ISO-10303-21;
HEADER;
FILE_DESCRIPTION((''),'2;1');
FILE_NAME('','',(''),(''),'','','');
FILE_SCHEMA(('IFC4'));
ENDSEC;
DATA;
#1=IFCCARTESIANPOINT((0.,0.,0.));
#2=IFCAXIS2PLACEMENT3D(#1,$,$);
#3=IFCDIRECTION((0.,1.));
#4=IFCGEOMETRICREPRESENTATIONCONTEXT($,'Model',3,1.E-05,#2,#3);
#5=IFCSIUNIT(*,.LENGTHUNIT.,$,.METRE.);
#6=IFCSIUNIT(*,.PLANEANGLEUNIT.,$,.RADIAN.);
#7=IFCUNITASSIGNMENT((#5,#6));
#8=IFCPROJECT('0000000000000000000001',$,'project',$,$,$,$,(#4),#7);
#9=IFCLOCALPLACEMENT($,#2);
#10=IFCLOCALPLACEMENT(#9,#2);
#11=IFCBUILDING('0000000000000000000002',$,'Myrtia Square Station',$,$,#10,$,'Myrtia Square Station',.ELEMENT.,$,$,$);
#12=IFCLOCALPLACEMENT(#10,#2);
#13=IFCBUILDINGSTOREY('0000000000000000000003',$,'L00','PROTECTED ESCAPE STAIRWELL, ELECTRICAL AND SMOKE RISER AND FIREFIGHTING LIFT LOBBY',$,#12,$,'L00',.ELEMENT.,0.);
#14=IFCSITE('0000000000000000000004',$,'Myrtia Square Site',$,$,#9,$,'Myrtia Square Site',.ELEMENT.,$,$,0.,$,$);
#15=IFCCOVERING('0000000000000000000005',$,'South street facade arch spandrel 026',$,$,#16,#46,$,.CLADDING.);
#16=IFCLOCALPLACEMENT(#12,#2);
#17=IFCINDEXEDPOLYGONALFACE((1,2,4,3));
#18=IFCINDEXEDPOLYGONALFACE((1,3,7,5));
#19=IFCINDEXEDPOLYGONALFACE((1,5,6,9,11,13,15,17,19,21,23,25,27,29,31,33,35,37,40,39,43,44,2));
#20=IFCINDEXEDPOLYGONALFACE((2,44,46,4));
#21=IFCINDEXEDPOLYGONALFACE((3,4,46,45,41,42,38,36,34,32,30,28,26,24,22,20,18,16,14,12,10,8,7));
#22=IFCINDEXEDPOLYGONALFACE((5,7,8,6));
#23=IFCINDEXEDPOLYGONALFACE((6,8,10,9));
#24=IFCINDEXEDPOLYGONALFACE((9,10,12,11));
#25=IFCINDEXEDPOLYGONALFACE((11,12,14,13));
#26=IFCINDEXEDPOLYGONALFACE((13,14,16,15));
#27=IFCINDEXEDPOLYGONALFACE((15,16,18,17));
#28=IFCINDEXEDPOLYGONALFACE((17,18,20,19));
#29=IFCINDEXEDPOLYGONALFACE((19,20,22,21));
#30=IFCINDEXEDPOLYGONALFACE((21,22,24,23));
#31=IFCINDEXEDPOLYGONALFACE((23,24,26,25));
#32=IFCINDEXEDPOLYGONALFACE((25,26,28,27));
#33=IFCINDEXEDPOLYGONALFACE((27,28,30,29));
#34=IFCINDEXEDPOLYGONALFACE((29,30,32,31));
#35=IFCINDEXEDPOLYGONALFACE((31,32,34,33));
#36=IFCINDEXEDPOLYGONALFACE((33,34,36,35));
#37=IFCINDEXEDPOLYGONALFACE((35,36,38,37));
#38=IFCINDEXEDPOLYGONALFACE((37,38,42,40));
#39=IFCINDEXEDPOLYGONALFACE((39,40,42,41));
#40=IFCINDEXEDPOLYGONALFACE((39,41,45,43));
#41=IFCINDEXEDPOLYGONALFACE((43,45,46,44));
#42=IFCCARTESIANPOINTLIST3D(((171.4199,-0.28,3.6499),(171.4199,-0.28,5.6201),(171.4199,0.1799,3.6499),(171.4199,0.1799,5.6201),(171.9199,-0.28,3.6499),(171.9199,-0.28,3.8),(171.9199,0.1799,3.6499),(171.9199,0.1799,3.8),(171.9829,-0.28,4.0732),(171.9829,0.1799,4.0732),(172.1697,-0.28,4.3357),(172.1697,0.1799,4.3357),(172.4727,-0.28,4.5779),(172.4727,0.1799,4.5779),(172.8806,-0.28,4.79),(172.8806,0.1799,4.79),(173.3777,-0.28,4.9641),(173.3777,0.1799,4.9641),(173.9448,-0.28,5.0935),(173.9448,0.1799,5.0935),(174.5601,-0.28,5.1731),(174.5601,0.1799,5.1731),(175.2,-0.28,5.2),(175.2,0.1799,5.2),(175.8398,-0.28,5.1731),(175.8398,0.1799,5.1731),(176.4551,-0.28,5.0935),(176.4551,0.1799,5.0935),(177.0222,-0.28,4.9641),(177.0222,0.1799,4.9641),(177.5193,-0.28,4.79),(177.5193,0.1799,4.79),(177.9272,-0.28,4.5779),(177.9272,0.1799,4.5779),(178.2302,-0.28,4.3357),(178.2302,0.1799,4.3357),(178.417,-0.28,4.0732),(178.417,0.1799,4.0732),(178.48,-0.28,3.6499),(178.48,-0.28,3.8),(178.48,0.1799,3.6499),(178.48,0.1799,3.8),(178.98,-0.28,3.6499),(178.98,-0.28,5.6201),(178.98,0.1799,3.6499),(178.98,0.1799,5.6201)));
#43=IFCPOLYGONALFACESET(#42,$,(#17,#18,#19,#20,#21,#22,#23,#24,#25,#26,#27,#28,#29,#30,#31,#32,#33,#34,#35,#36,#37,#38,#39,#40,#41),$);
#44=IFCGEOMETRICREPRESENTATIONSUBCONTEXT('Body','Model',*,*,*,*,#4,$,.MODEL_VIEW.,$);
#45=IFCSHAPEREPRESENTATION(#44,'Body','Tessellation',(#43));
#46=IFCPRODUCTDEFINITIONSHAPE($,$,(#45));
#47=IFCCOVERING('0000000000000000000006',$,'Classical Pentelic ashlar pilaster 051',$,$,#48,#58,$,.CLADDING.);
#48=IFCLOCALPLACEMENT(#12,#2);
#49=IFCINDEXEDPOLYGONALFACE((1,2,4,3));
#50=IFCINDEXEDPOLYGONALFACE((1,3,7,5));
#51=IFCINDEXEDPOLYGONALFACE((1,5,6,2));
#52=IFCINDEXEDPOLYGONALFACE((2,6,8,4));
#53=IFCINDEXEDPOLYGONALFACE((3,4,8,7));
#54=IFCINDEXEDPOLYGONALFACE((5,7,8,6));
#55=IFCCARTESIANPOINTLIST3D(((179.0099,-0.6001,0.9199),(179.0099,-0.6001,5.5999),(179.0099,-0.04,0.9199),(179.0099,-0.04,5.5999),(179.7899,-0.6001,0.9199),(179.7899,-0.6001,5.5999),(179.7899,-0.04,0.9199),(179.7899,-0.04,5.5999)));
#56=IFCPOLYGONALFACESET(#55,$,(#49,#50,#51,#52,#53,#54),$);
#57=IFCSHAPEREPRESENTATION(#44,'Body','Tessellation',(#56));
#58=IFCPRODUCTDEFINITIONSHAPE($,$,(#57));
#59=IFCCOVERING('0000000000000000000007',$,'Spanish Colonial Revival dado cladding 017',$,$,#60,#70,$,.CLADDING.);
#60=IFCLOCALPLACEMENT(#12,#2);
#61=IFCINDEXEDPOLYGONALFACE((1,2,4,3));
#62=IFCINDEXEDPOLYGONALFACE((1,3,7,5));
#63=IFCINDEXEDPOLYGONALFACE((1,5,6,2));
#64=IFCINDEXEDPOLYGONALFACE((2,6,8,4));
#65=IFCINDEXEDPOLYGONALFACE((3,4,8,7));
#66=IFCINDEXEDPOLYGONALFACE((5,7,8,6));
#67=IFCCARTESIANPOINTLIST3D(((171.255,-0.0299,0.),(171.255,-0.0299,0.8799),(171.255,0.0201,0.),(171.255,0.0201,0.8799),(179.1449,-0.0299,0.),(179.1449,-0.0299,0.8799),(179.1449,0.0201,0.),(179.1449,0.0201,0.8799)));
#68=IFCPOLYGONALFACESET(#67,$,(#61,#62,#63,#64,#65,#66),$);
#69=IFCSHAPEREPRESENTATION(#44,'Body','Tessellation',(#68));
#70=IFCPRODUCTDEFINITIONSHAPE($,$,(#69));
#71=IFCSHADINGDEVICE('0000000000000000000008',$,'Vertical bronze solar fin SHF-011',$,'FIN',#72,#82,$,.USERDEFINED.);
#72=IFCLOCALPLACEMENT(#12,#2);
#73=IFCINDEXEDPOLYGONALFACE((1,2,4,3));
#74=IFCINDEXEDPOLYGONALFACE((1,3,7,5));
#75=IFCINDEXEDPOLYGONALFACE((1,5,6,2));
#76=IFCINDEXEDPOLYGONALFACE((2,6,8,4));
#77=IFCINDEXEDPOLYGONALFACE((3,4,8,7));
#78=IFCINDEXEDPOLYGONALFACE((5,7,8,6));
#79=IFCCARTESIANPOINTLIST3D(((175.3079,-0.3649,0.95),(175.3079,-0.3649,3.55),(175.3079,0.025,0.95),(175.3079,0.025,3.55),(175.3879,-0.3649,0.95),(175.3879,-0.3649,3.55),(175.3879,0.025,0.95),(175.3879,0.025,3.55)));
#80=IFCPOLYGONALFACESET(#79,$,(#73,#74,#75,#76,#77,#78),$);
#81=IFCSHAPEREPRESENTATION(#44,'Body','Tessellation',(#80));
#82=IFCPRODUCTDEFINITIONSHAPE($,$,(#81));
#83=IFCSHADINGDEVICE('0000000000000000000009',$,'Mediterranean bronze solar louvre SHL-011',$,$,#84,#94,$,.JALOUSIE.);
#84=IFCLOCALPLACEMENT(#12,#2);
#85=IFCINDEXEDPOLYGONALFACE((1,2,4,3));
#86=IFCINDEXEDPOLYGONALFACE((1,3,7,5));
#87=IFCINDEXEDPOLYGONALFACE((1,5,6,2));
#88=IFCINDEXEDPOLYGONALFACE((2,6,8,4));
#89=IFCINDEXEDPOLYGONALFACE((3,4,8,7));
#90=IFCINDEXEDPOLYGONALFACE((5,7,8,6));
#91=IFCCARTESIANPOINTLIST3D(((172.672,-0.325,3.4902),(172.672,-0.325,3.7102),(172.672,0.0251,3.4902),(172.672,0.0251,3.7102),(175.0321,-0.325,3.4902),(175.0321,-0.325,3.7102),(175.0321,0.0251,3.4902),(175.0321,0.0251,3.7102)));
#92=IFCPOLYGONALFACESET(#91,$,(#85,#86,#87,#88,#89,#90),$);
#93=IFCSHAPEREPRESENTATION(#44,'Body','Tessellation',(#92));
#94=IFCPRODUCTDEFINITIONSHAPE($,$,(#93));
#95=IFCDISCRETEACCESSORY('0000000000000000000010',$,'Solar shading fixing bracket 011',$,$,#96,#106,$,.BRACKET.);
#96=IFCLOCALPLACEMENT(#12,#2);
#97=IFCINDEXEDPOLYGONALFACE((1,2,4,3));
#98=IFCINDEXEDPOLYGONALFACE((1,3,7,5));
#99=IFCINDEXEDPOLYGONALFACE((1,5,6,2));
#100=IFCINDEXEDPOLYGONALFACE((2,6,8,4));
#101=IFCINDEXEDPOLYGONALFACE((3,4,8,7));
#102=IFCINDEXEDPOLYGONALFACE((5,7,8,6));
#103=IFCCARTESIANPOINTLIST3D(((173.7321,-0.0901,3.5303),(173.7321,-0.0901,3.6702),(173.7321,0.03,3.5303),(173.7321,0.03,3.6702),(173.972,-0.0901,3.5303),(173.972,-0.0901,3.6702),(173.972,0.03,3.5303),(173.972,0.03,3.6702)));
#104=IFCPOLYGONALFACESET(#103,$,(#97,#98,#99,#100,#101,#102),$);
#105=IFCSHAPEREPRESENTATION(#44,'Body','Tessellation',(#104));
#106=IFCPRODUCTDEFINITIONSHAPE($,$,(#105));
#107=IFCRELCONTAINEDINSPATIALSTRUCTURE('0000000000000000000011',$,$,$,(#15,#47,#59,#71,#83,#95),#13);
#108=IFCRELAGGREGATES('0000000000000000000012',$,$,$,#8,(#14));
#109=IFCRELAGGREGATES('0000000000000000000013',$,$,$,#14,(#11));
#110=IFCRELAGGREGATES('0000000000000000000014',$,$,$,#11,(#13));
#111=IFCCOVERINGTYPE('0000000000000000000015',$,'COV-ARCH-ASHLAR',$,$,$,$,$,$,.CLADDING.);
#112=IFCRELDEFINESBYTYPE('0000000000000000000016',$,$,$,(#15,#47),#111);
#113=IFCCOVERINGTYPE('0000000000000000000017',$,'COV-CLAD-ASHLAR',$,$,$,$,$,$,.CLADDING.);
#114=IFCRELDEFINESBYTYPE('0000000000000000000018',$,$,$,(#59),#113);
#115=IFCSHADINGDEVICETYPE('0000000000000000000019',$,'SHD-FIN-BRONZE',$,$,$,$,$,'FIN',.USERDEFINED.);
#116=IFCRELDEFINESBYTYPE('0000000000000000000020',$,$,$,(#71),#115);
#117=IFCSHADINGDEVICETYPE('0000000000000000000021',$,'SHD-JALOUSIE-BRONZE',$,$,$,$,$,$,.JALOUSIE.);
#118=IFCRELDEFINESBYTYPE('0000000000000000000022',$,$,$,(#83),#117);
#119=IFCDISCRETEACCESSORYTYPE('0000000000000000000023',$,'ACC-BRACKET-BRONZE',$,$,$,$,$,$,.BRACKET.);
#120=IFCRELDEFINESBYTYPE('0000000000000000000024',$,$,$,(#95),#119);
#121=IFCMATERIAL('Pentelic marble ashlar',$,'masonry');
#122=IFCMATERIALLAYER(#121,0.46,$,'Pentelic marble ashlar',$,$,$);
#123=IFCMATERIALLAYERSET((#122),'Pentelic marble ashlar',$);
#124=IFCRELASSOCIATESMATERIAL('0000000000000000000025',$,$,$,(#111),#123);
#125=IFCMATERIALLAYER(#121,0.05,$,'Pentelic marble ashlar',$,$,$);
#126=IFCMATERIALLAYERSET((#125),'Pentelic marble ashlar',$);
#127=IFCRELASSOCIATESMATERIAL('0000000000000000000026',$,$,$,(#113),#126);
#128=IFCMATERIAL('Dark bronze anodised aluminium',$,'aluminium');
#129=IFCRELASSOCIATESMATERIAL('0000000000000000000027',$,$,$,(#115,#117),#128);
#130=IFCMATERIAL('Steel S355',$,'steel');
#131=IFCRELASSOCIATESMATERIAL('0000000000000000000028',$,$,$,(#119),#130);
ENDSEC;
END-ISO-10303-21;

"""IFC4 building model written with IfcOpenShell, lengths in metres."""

from ifc_helpers import new_model, si_unit, direction, frame, origin, origin_2d, place, context, subcontext, project, spatial, polyline, rectangle, outline, extrude, material, layer, layer_set, type_object, element, save


model = new_model("IFC4")

# Units and contexts
model_context = context("Model", 3, precision=1e-05, world=origin(), true_north=direction((0.0, 1.0)))
body_context = subcontext(model_context, "Body", "Model", "MODEL_VIEW")
ifc_project = project(units=[si_unit("LENGTHUNIT", "METRE"), si_unit("PLANEANGLEUNIT", "RADIAN")], contexts=[model_context])

# Site, building, storey
site_placement = place(None, origin())
site = spatial("IfcSite", under=ifc_project, at=site_placement, Name="Myrtia Square Site", LongName="Myrtia Square Site", CompositionType="ELEMENT", RefElevation=0.0)
building_placement = place(site_placement, origin())
building = spatial("IfcBuilding", under=site, at=building_placement, Name="Myrtia Square Station", LongName="Myrtia Square Station", CompositionType="ELEMENT")
storey_placement = place(building_placement, origin())
storey = spatial("IfcBuildingStorey", under=building, at=storey_placement, Name="L00", Description="PROTECTED ESCAPE STAIRWELL, ELECTRICAL AND SMOKE RISER AND FIREFIGHTING LIFT LOBBY", LongName="L00", CompositionType="ELEMENT", Elevation=0.0)

# Shared definitions
ifc_material_1 = material(Name="Steel S355", Category="steel")

# Shared definitions
ifc_material_2 = material(Name="Pentelic marble ashlar", Category="masonry")
ifc_material_3 = material(Name="Dark bronze anodised aluminium", Category="aluminium")

# Coverings
ifc_layer_1 = layer(ifc_material_2, 0.46, Name="Pentelic marble ashlar")
ifc_layer_set_1 = layer_set([ifc_layer_1], Name="Pentelic marble ashlar")
covering_type_1 = type_object("IfcCoveringType", Name="COV-ARCH-ASHLAR", PredefinedType="CLADDING", material=ifc_layer_set_1)
covering_1_placement = place(storey_placement, frame((171.4199, -0.05, 3.6499), z_axis=(0.0, 0.0, 1.0), x_axis=(1.0, 0.0, 0.0)))
element("IfcCovering", 1, at=covering_1_placement, inside=storey, type_object=covering_type_1, Name="South street facade arch spandrel 026", PredefinedType="CLADDING", context=body_context, shape_type="SweptSolid", body=[
    extrude(outline(polyline([(0.0, 0.0), (0.5, 0.0), (0.5, 0.1501), (0.563, 0.4233), (0.7498, 0.6858), (1.0527, 0.928), (1.4607, 1.1401), (1.9578, 1.3142), (2.5249, 1.4436), (3.1401, 1.5232), (3.78, 1.55), (4.4199, 1.5232), (5.0352, 1.4436), (5.6023, 1.3142), (6.0994, 1.1401), (6.5073, 0.928), (6.8103, 0.6858), (6.9971, 0.4233), (7.0601, 0.1501), (7.0601, 0.0), (7.5601, 0.0), (7.5601, 1.9702), (0.0, 1.9702), (0.0, 0.0)])), frame((0.0, 0.23, 0.0), z_axis=(0.0, -1.0, 0.0), x_axis=(1.0, 0.0, 0.0)), (0.0, 0.0, 1.0), 0.46),
])
covering_2_placement = place(storey_placement, frame((179.3999, -0.3201, 0.9199), z_axis=(0.0, 0.0, 1.0), x_axis=(1.0, 0.0, 0.0)))
element("IfcCovering", 2, at=covering_2_placement, inside=storey, type_object=covering_type_1, Name="Classical Pentelic ashlar pilaster 051", PredefinedType="CLADDING", context=body_context, shape_type="SweptSolid", body=[
    extrude(rectangle(XDim=0.78, YDim=0.5601, at=origin_2d()), origin(), (0.0, 0.0, 1.0), 4.6799),
])
ifc_layer_2 = layer(ifc_material_2, 0.05, Name="Pentelic marble ashlar")
ifc_layer_set_2 = layer_set([ifc_layer_2], Name="Pentelic marble ashlar")
covering_type_2 = type_object("IfcCoveringType", Name="COV-CLAD-ASHLAR", PredefinedType="CLADDING", material=ifc_layer_set_2)
covering_3_placement = place(storey_placement, frame((175.2, -0.0049, 0.0), z_axis=(0.0, 0.0, 1.0), x_axis=(1.0, 0.0, 0.0)))
element("IfcCovering", 3, at=covering_3_placement, inside=storey, type_object=covering_type_2, Name="Spanish Colonial Revival dado cladding 017", PredefinedType="CLADDING", context=body_context, shape_type="SweptSolid", body=[
    extrude(rectangle(XDim=7.8899, YDim=0.05, at=origin_2d()), origin(), (0.0, 0.0, 1.0), 0.8799),
])

# Shading devices
shading_device_type_1 = type_object("IfcShadingDeviceType", Name="SHD-FIN-BRONZE", ElementType="FIN", PredefinedType="USERDEFINED", material=ifc_material_3)
shading_device_1_placement = place(storey_placement, frame((175.3479, -0.1699, 0.95), z_axis=(0.0, 0.0, 1.0), x_axis=(1.0, 0.0, 0.0)))
element("IfcShadingDevice", 4, at=shading_device_1_placement, inside=storey, type_object=shading_device_type_1, Name="Vertical bronze solar fin SHF-011", ObjectType="FIN", PredefinedType="USERDEFINED", context=body_context, shape_type="SweptSolid", body=[
    extrude(rectangle(XDim=0.0801, YDim=0.3899, at=origin_2d()), origin(), (0.0, 0.0, 1.0), 2.6001),
])
shading_device_type_2 = type_object("IfcShadingDeviceType", Name="SHD-JALOUSIE-BRONZE", PredefinedType="JALOUSIE", material=ifc_material_3)
shading_device_2_placement = place(storey_placement, frame((173.8521, -0.1499, 3.4902), z_axis=(0.0, 0.0, 1.0), x_axis=(1.0, 0.0, 0.0)))
element("IfcShadingDevice", 5, at=shading_device_2_placement, inside=storey, type_object=shading_device_type_2, Name="Mediterranean bronze solar louvre SHL-011", PredefinedType="JALOUSIE", context=body_context, shape_type="SweptSolid", body=[
    extrude(rectangle(XDim=2.3601, YDim=0.3501, at=origin_2d()), origin(), (0.0, 0.0, 1.0), 0.22),
])

# Discrete accessory
discrete_accessory_type = type_object("IfcDiscreteAccessoryType", Name="ACC-BRACKET-BRONZE", PredefinedType="BRACKET", material=ifc_material_1)
discrete_accessory_placement = place(storey_placement, frame((173.8521, -0.03, 3.5303), z_axis=(0.0, 0.0, 1.0), x_axis=(1.0, 0.0, 0.0)))
element("IfcDiscreteAccessory", 6, at=discrete_accessory_placement, inside=storey, type_object=discrete_accessory_type, Name="Solar shading fixing bracket 011", PredefinedType="BRACKET", context=body_context, shape_type="SweptSolid", body=[
    extrude(rectangle(XDim=0.24, YDim=0.1201, at=origin_2d()), origin(), (0.0, 0.0, 1.0), 0.1399),
])

save(model, "model.ifc")
